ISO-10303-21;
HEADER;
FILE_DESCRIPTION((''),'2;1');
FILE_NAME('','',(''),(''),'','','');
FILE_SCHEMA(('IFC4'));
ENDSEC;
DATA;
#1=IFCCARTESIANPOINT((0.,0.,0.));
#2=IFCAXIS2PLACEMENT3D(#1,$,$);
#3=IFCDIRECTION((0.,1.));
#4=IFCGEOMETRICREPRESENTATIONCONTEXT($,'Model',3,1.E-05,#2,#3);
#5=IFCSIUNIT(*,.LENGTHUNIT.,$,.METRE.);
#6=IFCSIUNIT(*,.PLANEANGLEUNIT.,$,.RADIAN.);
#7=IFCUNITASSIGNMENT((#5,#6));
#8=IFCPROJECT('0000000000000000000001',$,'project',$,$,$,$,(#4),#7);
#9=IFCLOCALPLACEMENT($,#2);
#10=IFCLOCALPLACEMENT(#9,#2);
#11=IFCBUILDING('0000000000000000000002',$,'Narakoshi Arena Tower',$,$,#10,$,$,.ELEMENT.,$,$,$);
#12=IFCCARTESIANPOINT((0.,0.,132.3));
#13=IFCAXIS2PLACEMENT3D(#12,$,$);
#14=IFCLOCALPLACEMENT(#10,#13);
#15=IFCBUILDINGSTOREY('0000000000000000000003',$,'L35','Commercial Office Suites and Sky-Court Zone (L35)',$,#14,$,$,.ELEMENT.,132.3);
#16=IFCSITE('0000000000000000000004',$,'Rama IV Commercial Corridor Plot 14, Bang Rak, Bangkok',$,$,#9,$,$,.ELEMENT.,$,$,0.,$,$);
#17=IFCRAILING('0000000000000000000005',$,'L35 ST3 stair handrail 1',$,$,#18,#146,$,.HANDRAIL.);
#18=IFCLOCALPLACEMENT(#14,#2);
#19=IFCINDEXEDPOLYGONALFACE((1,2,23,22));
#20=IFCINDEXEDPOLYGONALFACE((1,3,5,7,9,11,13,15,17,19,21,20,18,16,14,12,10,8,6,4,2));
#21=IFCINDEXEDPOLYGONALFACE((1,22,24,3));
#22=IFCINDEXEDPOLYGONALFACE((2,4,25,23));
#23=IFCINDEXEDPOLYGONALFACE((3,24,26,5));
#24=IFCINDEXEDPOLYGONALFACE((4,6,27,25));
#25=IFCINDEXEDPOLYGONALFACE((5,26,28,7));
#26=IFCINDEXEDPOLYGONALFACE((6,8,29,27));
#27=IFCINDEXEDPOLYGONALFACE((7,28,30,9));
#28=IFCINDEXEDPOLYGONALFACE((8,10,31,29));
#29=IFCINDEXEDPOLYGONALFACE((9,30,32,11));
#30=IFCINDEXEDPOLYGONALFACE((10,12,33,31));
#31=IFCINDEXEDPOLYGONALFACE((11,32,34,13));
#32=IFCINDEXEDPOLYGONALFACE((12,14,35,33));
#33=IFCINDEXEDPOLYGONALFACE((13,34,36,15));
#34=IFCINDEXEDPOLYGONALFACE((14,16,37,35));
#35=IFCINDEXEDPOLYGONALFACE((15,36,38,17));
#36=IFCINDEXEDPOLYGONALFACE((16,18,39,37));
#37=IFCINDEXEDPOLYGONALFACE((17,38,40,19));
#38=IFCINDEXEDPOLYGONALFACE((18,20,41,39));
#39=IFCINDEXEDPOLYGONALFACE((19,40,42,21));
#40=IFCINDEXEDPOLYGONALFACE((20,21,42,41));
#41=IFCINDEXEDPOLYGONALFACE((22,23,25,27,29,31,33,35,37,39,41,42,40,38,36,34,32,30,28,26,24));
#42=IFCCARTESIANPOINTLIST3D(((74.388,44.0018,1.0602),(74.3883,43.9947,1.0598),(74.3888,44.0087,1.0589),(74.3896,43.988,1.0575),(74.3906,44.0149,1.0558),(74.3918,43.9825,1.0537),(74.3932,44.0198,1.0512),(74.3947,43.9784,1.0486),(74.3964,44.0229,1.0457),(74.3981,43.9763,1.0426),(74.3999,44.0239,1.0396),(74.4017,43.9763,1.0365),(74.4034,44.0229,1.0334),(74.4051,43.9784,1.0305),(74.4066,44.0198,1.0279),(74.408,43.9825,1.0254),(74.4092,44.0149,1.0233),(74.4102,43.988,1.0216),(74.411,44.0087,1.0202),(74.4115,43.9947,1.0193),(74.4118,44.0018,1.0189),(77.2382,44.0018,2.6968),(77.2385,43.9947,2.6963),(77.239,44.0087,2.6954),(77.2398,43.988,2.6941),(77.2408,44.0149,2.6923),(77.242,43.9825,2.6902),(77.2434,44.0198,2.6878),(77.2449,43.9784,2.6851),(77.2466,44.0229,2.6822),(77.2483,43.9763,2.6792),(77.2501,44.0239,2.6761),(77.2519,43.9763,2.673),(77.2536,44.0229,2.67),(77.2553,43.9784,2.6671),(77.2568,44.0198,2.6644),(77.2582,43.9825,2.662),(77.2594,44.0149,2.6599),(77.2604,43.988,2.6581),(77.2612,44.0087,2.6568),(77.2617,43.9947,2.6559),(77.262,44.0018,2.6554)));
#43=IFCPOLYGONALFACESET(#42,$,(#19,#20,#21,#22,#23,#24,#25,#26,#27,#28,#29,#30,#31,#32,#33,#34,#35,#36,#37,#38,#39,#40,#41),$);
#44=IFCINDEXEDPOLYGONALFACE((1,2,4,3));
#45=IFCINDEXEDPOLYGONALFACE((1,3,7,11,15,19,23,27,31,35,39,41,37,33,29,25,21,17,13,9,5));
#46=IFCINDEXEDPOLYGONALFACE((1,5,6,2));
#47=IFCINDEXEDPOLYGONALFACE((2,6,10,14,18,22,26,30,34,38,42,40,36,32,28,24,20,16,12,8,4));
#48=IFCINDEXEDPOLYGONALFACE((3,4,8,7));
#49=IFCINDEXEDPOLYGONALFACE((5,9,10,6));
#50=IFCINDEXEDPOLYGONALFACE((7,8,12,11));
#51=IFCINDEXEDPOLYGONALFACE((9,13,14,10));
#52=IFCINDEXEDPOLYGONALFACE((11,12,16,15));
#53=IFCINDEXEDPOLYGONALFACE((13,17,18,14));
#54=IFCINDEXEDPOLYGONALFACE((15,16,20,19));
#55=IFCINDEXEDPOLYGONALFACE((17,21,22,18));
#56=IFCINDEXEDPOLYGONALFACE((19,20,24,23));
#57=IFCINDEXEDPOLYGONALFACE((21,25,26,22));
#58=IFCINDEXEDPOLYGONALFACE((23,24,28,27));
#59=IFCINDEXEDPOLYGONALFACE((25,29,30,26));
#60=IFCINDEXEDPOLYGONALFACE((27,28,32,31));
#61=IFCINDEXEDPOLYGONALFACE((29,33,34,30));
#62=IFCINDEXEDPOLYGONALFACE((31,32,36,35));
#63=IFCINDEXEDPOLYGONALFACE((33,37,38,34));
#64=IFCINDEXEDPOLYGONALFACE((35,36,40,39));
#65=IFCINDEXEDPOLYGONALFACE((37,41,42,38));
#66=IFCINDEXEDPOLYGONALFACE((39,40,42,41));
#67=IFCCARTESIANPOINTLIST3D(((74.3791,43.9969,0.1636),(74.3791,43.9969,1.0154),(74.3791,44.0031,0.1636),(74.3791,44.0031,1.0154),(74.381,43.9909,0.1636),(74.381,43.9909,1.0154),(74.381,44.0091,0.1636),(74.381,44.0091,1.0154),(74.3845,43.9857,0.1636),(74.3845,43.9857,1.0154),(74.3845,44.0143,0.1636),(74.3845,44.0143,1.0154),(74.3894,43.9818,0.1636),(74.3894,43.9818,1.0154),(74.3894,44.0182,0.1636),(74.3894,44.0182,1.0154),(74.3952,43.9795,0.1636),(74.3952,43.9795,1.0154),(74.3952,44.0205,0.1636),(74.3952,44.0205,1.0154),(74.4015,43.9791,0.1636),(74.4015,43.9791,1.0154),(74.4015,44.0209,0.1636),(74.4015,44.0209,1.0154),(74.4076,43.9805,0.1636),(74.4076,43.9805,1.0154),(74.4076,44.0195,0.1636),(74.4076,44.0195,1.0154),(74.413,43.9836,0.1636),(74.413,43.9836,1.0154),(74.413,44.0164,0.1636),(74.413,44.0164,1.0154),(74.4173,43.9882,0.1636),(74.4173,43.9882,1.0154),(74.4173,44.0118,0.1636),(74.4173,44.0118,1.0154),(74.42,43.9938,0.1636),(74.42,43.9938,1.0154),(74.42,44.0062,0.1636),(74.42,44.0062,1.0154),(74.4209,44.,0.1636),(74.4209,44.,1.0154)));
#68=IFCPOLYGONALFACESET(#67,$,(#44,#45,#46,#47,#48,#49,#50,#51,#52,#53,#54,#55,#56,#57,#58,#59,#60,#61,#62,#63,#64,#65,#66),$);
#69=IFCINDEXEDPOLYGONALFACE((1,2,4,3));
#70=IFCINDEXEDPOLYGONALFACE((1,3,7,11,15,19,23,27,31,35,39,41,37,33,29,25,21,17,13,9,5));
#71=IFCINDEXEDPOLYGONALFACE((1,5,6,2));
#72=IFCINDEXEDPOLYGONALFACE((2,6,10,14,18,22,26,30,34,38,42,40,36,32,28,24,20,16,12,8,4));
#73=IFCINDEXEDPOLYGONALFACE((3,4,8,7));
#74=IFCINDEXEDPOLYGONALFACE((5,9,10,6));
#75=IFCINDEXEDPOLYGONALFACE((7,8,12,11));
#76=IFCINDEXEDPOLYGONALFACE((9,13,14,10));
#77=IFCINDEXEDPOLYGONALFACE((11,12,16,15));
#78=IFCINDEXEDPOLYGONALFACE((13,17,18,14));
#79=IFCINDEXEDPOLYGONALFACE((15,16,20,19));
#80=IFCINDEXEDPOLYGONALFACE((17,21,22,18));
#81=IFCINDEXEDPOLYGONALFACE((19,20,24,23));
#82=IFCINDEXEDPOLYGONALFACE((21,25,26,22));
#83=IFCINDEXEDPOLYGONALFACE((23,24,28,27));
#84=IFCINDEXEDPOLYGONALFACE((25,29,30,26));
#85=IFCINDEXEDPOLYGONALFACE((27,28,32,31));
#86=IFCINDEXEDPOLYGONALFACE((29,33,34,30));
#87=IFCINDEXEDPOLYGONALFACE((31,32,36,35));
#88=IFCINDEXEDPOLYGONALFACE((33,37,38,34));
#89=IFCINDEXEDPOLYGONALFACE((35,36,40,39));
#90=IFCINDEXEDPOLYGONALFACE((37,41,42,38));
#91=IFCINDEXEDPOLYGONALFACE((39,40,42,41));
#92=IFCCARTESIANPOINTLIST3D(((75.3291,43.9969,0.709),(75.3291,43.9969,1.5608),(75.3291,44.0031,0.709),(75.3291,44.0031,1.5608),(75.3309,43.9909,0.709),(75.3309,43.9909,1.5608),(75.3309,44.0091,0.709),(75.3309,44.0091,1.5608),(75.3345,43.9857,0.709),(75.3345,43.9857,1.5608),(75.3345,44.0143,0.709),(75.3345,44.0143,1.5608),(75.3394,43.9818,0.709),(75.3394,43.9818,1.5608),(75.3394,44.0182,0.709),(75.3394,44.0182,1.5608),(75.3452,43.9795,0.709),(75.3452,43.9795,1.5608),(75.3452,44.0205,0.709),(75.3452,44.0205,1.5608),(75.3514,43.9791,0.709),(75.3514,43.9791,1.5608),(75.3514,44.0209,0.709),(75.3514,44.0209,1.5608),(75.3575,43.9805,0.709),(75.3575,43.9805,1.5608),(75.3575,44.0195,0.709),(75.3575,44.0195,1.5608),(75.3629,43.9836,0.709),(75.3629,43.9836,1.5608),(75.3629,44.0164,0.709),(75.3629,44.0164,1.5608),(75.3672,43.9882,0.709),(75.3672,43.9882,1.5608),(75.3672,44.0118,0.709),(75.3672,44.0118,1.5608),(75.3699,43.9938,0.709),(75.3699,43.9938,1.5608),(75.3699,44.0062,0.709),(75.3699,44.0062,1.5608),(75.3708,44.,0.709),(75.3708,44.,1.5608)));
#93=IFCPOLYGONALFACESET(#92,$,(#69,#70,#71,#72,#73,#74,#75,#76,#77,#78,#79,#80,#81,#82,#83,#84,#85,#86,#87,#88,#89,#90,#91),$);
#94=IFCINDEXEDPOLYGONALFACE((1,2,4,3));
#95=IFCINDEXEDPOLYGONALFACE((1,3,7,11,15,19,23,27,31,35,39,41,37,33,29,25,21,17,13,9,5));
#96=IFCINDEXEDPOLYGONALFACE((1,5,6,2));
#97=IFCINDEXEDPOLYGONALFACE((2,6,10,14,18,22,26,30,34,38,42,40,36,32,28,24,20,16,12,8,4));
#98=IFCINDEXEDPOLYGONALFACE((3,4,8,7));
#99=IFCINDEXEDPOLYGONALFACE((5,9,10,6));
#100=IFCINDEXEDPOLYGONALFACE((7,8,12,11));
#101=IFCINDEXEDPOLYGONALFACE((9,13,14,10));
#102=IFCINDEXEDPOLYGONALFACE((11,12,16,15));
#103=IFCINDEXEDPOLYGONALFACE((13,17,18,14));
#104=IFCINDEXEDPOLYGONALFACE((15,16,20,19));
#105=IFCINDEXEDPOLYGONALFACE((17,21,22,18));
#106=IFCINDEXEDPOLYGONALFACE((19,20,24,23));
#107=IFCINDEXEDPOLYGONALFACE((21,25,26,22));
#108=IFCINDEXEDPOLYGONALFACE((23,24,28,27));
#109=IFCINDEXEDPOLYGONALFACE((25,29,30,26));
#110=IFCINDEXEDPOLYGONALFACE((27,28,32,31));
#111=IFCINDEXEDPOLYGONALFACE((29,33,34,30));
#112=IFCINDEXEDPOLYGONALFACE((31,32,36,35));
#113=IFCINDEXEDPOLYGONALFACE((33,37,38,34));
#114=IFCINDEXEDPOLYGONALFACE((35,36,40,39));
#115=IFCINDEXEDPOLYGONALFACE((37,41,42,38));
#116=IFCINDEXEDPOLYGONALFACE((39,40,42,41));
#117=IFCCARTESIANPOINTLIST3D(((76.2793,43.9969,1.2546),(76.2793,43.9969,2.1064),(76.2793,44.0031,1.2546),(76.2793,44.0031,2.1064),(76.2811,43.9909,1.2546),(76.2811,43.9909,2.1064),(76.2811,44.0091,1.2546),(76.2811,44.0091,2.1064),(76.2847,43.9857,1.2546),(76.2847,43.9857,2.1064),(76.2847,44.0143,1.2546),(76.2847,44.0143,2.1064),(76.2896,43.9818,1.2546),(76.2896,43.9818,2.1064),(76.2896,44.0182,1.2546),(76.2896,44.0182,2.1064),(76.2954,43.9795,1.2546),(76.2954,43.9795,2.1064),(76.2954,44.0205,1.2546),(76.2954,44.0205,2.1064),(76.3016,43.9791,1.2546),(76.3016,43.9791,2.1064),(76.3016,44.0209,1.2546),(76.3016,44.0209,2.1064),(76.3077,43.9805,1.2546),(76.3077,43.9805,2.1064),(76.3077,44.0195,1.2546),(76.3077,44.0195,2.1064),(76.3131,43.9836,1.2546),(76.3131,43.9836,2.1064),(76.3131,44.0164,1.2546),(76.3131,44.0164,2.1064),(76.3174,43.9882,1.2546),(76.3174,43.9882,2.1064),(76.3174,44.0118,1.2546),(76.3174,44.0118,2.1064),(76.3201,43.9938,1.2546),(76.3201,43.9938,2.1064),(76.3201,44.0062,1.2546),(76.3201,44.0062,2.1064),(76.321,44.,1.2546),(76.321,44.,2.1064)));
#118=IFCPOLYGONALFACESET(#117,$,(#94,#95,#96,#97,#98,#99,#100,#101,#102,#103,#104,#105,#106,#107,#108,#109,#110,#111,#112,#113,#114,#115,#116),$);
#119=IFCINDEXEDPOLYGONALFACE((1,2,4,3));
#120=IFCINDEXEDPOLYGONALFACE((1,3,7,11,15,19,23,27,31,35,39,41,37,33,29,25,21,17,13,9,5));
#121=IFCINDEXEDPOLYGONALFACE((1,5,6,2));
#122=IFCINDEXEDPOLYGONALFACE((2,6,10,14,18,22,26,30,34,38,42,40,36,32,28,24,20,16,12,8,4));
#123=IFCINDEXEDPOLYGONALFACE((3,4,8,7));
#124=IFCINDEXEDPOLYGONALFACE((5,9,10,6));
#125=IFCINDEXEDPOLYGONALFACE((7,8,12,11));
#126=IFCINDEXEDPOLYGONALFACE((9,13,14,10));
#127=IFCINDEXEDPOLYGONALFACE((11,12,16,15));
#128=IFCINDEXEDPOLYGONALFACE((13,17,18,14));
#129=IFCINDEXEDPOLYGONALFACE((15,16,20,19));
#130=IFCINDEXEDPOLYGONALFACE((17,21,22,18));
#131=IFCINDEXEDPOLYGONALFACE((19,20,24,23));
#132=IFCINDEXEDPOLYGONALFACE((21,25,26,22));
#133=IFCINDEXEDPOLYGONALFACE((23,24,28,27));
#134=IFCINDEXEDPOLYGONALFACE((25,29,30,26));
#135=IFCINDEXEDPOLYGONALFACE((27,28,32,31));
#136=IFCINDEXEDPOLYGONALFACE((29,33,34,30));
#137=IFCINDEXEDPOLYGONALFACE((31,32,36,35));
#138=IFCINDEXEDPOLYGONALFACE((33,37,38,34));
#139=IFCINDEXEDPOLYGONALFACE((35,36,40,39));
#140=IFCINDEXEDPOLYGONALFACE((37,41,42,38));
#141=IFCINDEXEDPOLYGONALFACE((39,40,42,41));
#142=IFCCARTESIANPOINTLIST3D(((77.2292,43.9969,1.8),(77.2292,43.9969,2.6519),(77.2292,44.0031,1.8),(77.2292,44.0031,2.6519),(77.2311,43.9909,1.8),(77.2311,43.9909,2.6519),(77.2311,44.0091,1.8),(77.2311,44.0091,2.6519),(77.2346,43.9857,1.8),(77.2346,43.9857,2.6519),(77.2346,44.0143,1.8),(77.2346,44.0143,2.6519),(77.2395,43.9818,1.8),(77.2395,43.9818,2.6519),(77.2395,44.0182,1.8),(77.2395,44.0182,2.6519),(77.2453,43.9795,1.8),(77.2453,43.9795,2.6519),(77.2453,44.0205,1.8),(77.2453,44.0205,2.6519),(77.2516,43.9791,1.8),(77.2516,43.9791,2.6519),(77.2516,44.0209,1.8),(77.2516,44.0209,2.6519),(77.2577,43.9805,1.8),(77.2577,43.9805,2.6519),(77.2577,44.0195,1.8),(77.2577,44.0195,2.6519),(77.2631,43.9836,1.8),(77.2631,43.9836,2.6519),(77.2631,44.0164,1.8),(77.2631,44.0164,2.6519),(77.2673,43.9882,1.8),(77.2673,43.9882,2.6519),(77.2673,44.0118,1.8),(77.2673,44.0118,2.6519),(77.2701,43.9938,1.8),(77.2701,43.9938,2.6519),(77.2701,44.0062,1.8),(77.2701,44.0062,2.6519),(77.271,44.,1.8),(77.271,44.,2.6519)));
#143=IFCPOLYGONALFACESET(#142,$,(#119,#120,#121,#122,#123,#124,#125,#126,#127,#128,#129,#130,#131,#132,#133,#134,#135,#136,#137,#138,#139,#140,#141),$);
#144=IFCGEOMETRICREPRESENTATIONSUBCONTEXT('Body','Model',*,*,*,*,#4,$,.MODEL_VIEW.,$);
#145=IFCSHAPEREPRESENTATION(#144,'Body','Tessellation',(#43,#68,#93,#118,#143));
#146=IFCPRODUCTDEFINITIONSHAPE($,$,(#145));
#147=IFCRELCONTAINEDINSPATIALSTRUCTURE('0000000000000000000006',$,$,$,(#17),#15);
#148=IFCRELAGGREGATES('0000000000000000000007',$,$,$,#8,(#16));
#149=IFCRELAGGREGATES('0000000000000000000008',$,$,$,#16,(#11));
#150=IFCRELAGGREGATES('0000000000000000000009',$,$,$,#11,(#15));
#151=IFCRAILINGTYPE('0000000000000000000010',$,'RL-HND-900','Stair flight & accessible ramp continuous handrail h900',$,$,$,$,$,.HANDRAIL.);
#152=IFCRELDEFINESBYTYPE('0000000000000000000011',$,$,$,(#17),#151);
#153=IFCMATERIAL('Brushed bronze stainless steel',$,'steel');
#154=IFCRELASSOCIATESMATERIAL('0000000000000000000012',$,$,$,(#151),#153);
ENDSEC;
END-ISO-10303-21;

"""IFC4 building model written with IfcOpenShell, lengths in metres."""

from ifc_helpers import new_model, si_unit, direction, frame, origin, origin_2d, place, context, subcontext, project, spatial, circle, extrude, material, type_object, element, save


model = new_model("IFC4")

# Units and contexts
model_context = context("Model", 3, precision=1e-05, world=origin(), true_north=direction((0.0, 1.0)))
body_context = subcontext(model_context, "Body", "Model", "MODEL_VIEW")
ifc_project = project(units=[si_unit("LENGTHUNIT", "METRE"), si_unit("PLANEANGLEUNIT", "RADIAN")], contexts=[model_context])

# Site, building, storey
site_placement = place(None, origin())
site = spatial("IfcSite", under=ifc_project, at=site_placement, Name="Rama IV Commercial Corridor Plot 14, Bang Rak, Bangkok", CompositionType="ELEMENT", RefElevation=0.0)
building_placement = place(site_placement, origin())
building = spatial("IfcBuilding", under=site, at=building_placement, Name="Narakoshi Arena Tower", CompositionType="ELEMENT")
storey_placement = place(building_placement, frame((0.0, 0.0, 132.3)))
storey = spatial("IfcBuildingStorey", under=building, at=storey_placement, Name="L35", Description="Commercial Office Suites and Sky-Court Zone (L35)", CompositionType="ELEMENT", Elevation=132.3)

# Railing
ifc_material_1 = material(Name="Brushed bronze stainless steel", Category="steel")
railing_type_1 = type_object("IfcRailingType", Name="RL-HND-900", Description="Stair flight & accessible ramp continuous handrail h900", PredefinedType="HANDRAIL", material=ifc_material_1)
railing_1_placement = place(storey_placement, frame((74.3999, 44.0, 0.1636)))
element("IfcRailing", 1, at=railing_1_placement, inside=storey, type_object=railing_type_1, Name="L35 ST3 stair handrail 1", PredefinedType="HANDRAIL", context=body_context, shape_type="SweptSolid", body=[
    extrude(circle(Radius=0.0239, at=origin_2d()), frame((0.0, 0.0, 0.876), z_axis=(0.867213, 0.0, 0.497938), x_axis=(0.0, 1.0, 0.0)), (0.0, 0.0, 1.0), 3.2866),
    extrude(circle(Radius=0.021, at=origin_2d()), origin(), (0.0, 0.0, 1.0), 0.8518),
    extrude(circle(Radius=0.021, at=origin_2d()), frame((0.95, 0.0, 0.5454)), (0.0, 0.0, 1.0), 0.8518),
    extrude(circle(Radius=0.021, at=origin_2d()), frame((1.9001, 0.0, 1.0911)), (0.0, 0.0, 1.0), 0.8518),
    extrude(circle(Radius=0.021, at=origin_2d()), frame((2.8501, 0.0, 1.6365)), (0.0, 0.0, 1.0), 0.8518),
])

save(model, "model.ifc")
